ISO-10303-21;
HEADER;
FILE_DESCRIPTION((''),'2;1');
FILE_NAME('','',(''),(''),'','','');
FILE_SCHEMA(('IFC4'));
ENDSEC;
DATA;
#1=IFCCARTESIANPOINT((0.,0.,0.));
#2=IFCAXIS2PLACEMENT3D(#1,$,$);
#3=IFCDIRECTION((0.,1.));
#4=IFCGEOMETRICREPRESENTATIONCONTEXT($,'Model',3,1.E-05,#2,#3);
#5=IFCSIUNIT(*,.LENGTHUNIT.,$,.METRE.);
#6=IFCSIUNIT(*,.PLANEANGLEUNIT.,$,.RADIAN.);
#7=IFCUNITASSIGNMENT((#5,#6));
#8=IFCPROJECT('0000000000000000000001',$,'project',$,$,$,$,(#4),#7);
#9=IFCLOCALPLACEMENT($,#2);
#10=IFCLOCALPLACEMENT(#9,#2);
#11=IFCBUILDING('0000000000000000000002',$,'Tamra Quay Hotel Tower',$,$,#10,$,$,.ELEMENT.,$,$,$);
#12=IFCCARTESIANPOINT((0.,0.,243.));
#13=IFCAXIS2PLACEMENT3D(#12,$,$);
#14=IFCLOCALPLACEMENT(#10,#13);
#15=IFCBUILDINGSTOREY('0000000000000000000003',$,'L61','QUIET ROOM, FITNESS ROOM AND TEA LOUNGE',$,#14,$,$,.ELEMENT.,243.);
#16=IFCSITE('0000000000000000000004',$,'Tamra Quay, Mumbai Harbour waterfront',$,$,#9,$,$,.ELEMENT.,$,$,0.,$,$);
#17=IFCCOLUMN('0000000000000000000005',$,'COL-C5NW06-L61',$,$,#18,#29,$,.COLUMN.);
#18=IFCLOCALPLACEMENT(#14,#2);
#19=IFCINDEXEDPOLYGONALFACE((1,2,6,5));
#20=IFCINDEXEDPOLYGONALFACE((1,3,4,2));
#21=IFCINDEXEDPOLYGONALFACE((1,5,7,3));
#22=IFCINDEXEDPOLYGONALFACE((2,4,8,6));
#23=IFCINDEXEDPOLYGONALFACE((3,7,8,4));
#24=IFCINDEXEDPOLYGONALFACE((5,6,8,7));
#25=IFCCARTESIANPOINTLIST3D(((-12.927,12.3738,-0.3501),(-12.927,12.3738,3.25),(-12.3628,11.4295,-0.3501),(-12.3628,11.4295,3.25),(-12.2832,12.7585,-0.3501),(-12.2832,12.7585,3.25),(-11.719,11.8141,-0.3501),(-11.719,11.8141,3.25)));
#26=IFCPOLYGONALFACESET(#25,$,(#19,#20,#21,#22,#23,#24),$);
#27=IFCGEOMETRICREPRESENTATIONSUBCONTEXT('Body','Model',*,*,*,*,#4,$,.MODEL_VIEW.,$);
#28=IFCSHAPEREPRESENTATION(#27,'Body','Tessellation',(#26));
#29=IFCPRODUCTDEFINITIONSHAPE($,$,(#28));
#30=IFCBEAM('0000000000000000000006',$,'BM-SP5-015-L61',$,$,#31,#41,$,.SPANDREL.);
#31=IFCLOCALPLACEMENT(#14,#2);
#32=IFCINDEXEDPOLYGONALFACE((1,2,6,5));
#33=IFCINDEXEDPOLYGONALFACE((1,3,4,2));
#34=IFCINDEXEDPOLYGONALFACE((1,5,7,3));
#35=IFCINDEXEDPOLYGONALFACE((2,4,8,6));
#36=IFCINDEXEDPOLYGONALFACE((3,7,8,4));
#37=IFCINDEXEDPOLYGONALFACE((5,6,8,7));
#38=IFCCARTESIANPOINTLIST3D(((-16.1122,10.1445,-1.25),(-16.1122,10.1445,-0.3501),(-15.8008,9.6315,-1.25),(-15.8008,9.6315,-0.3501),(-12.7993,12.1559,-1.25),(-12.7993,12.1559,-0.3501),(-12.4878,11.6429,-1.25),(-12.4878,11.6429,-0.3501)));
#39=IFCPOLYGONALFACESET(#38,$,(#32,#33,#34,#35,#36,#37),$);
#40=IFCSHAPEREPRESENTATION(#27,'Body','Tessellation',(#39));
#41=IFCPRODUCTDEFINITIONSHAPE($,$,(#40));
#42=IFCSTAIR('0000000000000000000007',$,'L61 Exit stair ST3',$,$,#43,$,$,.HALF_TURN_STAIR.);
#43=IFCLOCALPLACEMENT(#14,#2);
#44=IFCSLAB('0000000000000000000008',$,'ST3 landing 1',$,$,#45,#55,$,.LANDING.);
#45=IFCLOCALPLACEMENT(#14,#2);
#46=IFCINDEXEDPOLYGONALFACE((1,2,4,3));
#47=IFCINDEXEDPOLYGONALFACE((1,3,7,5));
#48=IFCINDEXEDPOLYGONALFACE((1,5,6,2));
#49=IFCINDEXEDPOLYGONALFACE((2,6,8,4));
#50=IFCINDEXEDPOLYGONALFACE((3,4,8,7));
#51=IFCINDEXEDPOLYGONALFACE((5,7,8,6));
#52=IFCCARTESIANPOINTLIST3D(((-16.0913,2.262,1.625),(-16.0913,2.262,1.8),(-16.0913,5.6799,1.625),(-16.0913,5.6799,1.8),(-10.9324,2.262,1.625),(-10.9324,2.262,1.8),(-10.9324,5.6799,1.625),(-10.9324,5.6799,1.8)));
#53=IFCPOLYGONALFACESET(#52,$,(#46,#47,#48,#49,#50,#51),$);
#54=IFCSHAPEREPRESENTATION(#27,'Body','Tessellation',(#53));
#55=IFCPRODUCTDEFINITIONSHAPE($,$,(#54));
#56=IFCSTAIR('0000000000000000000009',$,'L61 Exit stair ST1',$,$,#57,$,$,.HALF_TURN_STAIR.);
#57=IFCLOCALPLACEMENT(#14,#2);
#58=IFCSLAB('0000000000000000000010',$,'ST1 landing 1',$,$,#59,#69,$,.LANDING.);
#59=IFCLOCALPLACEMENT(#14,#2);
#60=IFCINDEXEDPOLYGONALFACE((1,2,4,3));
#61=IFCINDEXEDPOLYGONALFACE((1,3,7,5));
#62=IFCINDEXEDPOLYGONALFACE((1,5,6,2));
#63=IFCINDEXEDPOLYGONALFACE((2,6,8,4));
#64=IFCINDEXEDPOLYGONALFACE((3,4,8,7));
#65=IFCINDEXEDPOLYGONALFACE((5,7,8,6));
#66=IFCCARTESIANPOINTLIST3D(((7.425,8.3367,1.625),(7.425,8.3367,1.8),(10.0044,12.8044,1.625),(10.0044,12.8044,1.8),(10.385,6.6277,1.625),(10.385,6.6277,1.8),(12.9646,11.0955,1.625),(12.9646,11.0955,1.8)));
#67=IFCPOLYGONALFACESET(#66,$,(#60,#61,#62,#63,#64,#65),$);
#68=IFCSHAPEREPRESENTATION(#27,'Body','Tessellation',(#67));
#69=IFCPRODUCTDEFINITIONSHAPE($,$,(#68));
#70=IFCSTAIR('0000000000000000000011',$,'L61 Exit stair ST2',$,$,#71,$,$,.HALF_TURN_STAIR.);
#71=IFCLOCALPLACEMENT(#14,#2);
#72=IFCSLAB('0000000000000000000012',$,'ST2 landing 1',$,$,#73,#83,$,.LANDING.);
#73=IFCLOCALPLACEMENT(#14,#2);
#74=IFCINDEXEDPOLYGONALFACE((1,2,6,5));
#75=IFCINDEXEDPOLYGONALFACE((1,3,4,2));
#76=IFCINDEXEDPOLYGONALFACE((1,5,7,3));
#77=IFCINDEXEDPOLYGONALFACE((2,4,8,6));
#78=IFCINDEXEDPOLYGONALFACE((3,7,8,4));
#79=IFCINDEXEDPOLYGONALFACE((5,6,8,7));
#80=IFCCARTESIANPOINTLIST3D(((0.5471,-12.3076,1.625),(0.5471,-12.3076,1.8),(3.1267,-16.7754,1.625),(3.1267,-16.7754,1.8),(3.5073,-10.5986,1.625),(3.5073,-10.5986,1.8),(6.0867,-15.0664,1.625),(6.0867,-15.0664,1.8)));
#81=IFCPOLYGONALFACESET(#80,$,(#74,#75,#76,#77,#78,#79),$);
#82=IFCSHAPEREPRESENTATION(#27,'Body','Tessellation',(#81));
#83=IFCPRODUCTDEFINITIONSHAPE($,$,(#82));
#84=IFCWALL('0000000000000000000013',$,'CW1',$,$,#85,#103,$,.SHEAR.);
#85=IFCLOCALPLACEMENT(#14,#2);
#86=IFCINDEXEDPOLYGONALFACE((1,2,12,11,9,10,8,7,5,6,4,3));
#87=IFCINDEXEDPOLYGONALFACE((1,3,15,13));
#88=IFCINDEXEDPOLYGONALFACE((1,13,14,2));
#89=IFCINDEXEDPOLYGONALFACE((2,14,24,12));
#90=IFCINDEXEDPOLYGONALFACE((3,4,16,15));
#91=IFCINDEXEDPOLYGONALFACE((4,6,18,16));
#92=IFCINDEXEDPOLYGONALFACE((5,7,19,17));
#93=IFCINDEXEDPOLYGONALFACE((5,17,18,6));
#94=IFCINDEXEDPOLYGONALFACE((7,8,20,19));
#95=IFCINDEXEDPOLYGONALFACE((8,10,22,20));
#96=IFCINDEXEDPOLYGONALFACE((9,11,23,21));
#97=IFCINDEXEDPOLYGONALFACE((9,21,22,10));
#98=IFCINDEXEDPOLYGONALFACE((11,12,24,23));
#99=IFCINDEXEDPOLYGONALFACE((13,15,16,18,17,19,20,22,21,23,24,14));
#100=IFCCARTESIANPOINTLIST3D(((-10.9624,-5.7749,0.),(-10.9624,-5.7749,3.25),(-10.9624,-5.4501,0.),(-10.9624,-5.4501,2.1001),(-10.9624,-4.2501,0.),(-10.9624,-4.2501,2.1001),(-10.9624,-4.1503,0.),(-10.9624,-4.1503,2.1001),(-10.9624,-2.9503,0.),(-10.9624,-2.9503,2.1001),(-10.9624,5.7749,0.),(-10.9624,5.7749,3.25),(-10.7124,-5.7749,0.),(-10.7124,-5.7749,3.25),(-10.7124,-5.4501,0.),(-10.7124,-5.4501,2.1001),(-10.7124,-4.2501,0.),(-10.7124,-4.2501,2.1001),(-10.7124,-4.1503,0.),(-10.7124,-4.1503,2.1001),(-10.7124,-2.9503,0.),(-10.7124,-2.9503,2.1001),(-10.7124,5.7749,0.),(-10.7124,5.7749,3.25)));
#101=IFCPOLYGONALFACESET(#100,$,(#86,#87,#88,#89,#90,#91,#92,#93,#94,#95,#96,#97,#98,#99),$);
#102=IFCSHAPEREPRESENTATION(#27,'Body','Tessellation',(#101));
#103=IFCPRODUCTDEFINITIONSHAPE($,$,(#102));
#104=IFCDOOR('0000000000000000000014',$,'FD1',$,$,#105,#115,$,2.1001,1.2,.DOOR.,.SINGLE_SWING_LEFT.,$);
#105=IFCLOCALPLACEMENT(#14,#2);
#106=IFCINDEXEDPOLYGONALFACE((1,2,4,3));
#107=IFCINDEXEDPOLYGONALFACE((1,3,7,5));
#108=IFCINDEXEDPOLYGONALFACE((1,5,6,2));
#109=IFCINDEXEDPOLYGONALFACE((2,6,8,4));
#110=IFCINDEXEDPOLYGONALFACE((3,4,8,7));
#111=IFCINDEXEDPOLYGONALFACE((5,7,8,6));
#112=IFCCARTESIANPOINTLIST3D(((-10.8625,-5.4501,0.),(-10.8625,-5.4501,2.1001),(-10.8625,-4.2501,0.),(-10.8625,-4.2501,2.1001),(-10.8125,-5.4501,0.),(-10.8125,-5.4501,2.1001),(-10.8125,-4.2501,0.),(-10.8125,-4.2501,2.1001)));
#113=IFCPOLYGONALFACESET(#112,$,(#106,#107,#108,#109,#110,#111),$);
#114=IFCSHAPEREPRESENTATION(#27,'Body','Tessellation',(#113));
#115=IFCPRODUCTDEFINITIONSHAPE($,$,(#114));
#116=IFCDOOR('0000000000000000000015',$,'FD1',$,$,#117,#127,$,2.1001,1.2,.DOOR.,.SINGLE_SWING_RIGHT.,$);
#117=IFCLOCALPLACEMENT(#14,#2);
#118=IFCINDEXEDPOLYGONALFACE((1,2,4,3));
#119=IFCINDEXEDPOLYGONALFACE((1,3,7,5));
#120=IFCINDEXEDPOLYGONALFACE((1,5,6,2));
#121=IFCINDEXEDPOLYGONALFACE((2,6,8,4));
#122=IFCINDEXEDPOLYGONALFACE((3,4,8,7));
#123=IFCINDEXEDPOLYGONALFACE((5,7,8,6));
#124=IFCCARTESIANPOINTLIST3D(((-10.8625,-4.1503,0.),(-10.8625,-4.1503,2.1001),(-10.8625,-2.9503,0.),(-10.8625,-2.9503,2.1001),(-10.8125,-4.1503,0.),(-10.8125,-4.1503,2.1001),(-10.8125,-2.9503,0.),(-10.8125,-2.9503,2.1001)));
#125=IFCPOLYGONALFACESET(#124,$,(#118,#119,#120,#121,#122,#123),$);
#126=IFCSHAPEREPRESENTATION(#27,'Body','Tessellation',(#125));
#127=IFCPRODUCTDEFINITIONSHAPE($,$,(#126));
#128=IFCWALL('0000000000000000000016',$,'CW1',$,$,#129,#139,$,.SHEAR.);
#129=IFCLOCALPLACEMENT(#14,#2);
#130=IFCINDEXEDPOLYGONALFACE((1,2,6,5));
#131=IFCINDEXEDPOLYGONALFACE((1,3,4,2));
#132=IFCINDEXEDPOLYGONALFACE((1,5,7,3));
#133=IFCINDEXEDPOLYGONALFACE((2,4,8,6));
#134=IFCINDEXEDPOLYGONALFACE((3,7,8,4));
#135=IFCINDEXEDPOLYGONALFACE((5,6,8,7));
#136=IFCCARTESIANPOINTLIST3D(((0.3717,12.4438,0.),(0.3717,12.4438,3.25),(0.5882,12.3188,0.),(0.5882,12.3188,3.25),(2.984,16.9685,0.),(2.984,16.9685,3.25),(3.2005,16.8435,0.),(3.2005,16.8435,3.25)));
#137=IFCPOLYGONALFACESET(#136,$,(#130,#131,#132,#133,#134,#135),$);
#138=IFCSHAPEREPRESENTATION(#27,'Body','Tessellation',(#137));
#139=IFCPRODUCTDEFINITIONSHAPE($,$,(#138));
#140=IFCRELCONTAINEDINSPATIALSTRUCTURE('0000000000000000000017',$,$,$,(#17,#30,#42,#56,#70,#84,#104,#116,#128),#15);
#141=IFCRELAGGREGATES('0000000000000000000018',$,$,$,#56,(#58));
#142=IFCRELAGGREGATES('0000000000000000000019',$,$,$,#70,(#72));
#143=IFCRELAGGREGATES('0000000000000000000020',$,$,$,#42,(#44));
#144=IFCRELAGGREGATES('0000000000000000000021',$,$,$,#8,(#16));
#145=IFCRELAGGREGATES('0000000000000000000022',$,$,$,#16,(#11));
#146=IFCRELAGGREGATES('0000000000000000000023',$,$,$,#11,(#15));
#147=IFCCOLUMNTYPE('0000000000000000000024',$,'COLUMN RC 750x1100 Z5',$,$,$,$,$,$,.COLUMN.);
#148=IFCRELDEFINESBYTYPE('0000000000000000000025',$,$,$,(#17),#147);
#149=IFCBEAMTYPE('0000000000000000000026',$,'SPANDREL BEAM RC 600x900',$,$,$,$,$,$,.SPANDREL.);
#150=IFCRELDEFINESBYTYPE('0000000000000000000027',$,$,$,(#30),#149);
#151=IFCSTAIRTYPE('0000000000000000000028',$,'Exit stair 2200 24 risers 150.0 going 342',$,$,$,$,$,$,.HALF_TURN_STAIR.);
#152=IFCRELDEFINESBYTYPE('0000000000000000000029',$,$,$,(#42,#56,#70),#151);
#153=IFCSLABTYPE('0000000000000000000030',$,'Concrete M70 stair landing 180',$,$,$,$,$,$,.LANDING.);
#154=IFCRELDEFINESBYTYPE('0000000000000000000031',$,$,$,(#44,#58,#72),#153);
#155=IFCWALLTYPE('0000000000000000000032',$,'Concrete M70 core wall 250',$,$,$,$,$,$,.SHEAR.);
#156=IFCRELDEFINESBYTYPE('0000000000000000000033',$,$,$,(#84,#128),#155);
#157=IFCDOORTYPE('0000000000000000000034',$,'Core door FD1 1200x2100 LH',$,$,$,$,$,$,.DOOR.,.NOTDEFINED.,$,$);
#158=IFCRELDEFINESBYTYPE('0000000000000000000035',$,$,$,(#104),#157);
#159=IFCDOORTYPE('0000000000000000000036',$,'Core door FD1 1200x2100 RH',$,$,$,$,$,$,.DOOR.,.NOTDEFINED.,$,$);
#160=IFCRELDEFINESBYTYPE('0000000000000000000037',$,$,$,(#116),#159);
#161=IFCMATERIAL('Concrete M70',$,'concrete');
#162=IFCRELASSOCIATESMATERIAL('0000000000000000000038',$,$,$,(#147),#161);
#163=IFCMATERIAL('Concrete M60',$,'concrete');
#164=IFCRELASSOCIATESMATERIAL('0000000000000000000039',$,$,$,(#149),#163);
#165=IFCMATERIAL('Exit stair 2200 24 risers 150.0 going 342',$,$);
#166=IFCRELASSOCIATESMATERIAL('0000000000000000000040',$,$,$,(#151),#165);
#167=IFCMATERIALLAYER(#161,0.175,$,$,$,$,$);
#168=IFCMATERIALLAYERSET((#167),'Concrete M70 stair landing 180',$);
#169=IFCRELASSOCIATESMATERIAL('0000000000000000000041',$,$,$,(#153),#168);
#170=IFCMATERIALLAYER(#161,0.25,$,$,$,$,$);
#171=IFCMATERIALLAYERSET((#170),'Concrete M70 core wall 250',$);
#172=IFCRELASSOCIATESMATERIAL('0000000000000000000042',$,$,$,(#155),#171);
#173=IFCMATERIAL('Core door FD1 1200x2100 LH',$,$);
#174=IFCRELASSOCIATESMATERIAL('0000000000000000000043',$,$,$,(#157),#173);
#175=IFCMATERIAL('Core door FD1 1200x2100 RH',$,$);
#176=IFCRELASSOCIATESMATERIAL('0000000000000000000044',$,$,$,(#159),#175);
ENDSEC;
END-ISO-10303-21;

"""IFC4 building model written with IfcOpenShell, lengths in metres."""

from ifc_helpers import new_model, si_unit, direction, frame, frame_2d, origin, origin_2d, place, context, subcontext, project, spatial, polyline, rectangle, outline, extrude, material, layer, layer_set, material_profile, profile_set, type_object, element, fill, aggregate, save


model = new_model("IFC4")

# Units and contexts
model_context = context("Model", 3, precision=1e-05, world=origin(), true_north=direction((0.0, 1.0)))
body_context = subcontext(model_context, "Body", "Model", "MODEL_VIEW")
ifc_project = project(units=[si_unit("LENGTHUNIT", "METRE"), si_unit("PLANEANGLEUNIT", "RADIAN")], contexts=[model_context])

# Site, building, storey
site_placement = place(None, origin())
site = spatial("IfcSite", under=ifc_project, at=site_placement, Name="Tamra Quay, Mumbai Harbour waterfront", CompositionType="ELEMENT", RefElevation=0.0)
building_placement = place(site_placement, origin())
building = spatial("IfcBuilding", under=site, at=building_placement, Name="Tamra Quay Hotel Tower", CompositionType="ELEMENT")
storey_placement = place(building_placement, frame((0.0, 0.0, 243.0)))
storey = spatial("IfcBuildingStorey", under=building, at=storey_placement, Name="L61", Description="QUIET ROOM, FITNESS ROOM AND TEA LOUNGE", CompositionType="ELEMENT", Elevation=243.0)

# Column
ifc_material_1 = material(Name="Concrete M70", Category="concrete")
ifc_material_profile_1 = material_profile(ifc_material_1, rectangle(XDim=1.1001, YDim=0.75, at=origin_2d()), Name="COLUMN RC 750x1100 Z5")
ifc_profile_set_1 = profile_set([ifc_material_profile_1], Name="Concrete M70")
column_type = type_object("IfcColumnType", Name="COLUMN RC 750x1100 Z5", PredefinedType="COLUMN", material=ifc_profile_set_1)
column_placement = place(storey_placement, frame((-12.323, 12.094, -0.3501), z_axis=(0.0, 0.0, 1.0), x_axis=(-0.512899, 0.858449, 0.0)))
element("IfcColumn", 1, at=column_placement, inside=storey, type_object=column_type, Name="COL-C5NW06-L61", PredefinedType="COLUMN", context=body_context, shape_type="SweptSolid", body=[
    extrude(rectangle(XDim=1.1001, YDim=0.75, at=origin_2d()), origin(), (0.0, 0.0, 1.0), 3.6001),
])

# Beam
ifc_material_2 = material(Name="Concrete M60", Category="concrete")
ifc_material_profile_2 = material_profile(ifc_material_2, rectangle(XDim=0.6001, YDim=0.8999, at=origin_2d()), Name="SPANDREL BEAM RC 600x900")
ifc_profile_set_2 = profile_set([ifc_material_profile_2], Name="Concrete M60")
beam_type = type_object("IfcBeamType", Name="SPANDREL BEAM RC 600x900", PredefinedType="SPANDREL", material=ifc_profile_set_2)
beam_placement = place(storey_placement, frame((-12.6436, 11.8994, -0.8), z_axis=(-0.854786, -0.518981, 0.0), x_axis=(0.518981, -0.854786, 0.0)))
element("IfcBeam", 2, at=beam_placement, inside=storey, type_object=beam_type, Name="BM-SP5-015-L61", PredefinedType="SPANDREL", context=body_context, shape_type="SweptSolid", body=[
    extrude(rectangle(XDim=0.6001, YDim=0.8999, at=origin_2d()), origin(), (0.0, 0.0, 1.0), 3.8757),
])

# Stairs, slabs
ifc_material_3 = material(Name="Exit stair 2200 24 risers 150.0 going 342")
stair_type = type_object("IfcStairType", Name="Exit stair 2200 24 risers 150.0 going 342", PredefinedType="HALF_TURN_STAIR", material=ifc_material_3)
stair_1_placement = place(storey_placement, origin())
stair_1 = element("IfcStair", 3, at=stair_1_placement, inside=storey, type_object=stair_type, Name="L61 Exit stair ST3", PredefinedType="HALF_TURN_STAIR")
ifc_layer_1 = layer(ifc_material_1, 0.175)
ifc_layer_set_1 = layer_set([ifc_layer_1], Name="Concrete M70 stair landing 180")
slab_type = type_object("IfcSlabType", Name="Concrete M70 stair landing 180", PredefinedType="LANDING", material=ifc_layer_set_1)
slab_1_placement = place(storey_placement, frame((0.0, 0.0, 1.625)))
slab_1 = element("IfcSlab", 4, at=slab_1_placement, type_object=slab_type, Name="ST3 landing 1", PredefinedType="LANDING", context=body_context, shape_type="SweptSolid", body=[
    extrude(outline(polyline([(-10.9324, 2.262), (-10.9324, 5.6799), (-16.0913, 5.6799), (-16.0913, 2.262), (-10.9324, 2.262)])), origin(), (0.0, 0.0, 1.0), 0.175),
])
stair_2_placement = place(storey_placement, origin())
stair_2 = element("IfcStair", 5, at=stair_2_placement, inside=storey, type_object=stair_type, Name="L61 Exit stair ST1", PredefinedType="HALF_TURN_STAIR")
slab_2_placement = place(storey_placement, frame((0.0, 0.0, 1.625)))
slab_2 = element("IfcSlab", 6, at=slab_2_placement, type_object=slab_type, Name="ST1 landing 1", PredefinedType="LANDING", context=body_context, shape_type="SweptSolid", body=[
    extrude(outline(polyline([(7.425, 8.3367), (10.385, 6.6277), (12.9646, 11.0955), (10.0044, 12.8044), (7.425, 8.3367)])), origin(), (0.0, 0.0, 1.0), 0.175),
])
aggregate(stair_2, [slab_2])
stair_3_placement = place(storey_placement, origin())
stair_3 = element("IfcStair", 7, at=stair_3_placement, inside=storey, type_object=stair_type, Name="L61 Exit stair ST2", PredefinedType="HALF_TURN_STAIR")
slab_3_placement = place(storey_placement, frame((0.0, 0.0, 1.625)))
slab_3 = element("IfcSlab", 8, at=slab_3_placement, type_object=slab_type, Name="ST2 landing 1", PredefinedType="LANDING", context=body_context, shape_type="SweptSolid", body=[
    extrude(outline(polyline([(3.5073, -10.5986), (0.5471, -12.3076), (3.1267, -16.7754), (6.0867, -15.0664), (3.5073, -10.5986)])), origin(), (0.0, 0.0, 1.0), 0.175),
])
aggregate(stair_3, [slab_3])

# Wall, openings, doors
ifc_layer_2 = layer(ifc_material_1, 0.25)
ifc_layer_set_2 = layer_set([ifc_layer_2], Name="Concrete M70 core wall 250")
wall_type_1 = type_object("IfcWallType", Name="Concrete M70 core wall 250", PredefinedType="SHEAR", material=ifc_layer_set_2)
wall_1_placement = place(storey_placement, frame((-10.8374, 5.7749, 0.0), z_axis=(0.0, 0.0, 1.0), x_axis=(0.0, -1.0, 0.0)))
wall_1 = element("IfcWall", 9, at=wall_1_placement, inside=storey, type_object=wall_type_1, Name="CW1", PredefinedType="SHEAR", context=body_context, shape_type="SweptSolid", body=[
    extrude(rectangle(XDim=11.5498, YDim=0.25, at=frame_2d((5.7749, 0.0))), origin(), (0.0, 0.0, 1.0), 3.25),
])
opening_1_placement = place(wall_1_placement, frame((10.0249, 0.0, 0.0)))
opening_1 = element("IfcOpeningElement", 10, at=opening_1_placement, cuts=wall_1, PredefinedType="OPENING", context=body_context, shape_type="SweptSolid", body=[
    extrude(rectangle(XDim=1.2, YDim=2.1001, at=frame_2d((0.6001, 1.05))), frame((0.0, 0.135, 0.0), z_axis=(0.0, -1.0, 0.0), x_axis=(1.0, 0.0, 0.0)), (0.0, 0.0, 1.0), 0.27),
])
opening_2_placement = place(wall_1_placement, frame((8.7251, 0.0, 0.0)))
opening_2 = element("IfcOpeningElement", 11, at=opening_2_placement, cuts=wall_1, PredefinedType="OPENING", context=body_context, shape_type="SweptSolid", body=[
    extrude(rectangle(XDim=1.2, YDim=2.1001, at=frame_2d((0.6001, 1.05))), frame((0.0, 0.135, 0.0), z_axis=(0.0, -1.0, 0.0), x_axis=(1.0, 0.0, 0.0)), (0.0, 0.0, 1.0), 0.27),
])
ifc_material_4 = material(Name="Core door FD1 1200x2100 LH")
door_type_1 = type_object("IfcDoorType", Name="Core door FD1 1200x2100 LH", OperationType="NOTDEFINED", PredefinedType="DOOR", material=ifc_material_4)
door_1_placement = place(opening_1_placement, origin())
door_1 = element("IfcDoor", 12, at=door_1_placement, inside=storey, type_object=door_type_1, Name="FD1", OperationType="SINGLE_SWING_LEFT", OverallHeight=2.1001, OverallWidth=1.2, PredefinedType="DOOR", context=body_context, shape_type="SweptSolid", body=[
    extrude(rectangle(XDim=1.2, YDim=2.1001, at=frame_2d((0.6001, 1.05))), frame((0.0, 0.0249, 0.0), z_axis=(0.0, -1.0, 0.0), x_axis=(1.0, 0.0, 0.0)), (0.0, 0.0, 1.0), 0.05),
])
fill(opening_1, door_1)
ifc_material_5 = material(Name="Core door FD1 1200x2100 RH")
door_type_2 = type_object("IfcDoorType", Name="Core door FD1 1200x2100 RH", OperationType="NOTDEFINED", PredefinedType="DOOR", material=ifc_material_5)
door_2_placement = place(opening_2_placement, origin())
door_2 = element("IfcDoor", 13, at=door_2_placement, inside=storey, type_object=door_type_2, Name="FD1", OperationType="SINGLE_SWING_RIGHT", OverallHeight=2.1001, OverallWidth=1.2, PredefinedType="DOOR", context=body_context, shape_type="SweptSolid", body=[
    extrude(rectangle(XDim=1.2, YDim=2.1001, at=frame_2d((0.6001, 1.05))), frame((0.0, 0.0249, 0.0), z_axis=(0.0, -1.0, 0.0), x_axis=(1.0, 0.0, 0.0)), (0.0, 0.0, 1.0), 0.05),
])
fill(opening_2, door_2)

# Wall
wall_2_placement = place(storey_placement, frame((0.48, 12.3813, 0.0), z_axis=(0.0, 0.0, 1.0), x_axis=(0.499999, 0.866026, 0.0)))
element("IfcWall", 14, at=wall_2_placement, inside=storey, type_object=wall_type_1, Name="CW1", PredefinedType="SHEAR", context=body_context, shape_type="SweptSolid", body=[
    extrude(rectangle(XDim=5.2246, YDim=0.25, at=frame_2d((2.6123, 0.0))), origin(), (0.0, 0.0, 1.0), 3.25),
])

aggregate(stair_1, [slab_1])

save(model, "model.ifc")
